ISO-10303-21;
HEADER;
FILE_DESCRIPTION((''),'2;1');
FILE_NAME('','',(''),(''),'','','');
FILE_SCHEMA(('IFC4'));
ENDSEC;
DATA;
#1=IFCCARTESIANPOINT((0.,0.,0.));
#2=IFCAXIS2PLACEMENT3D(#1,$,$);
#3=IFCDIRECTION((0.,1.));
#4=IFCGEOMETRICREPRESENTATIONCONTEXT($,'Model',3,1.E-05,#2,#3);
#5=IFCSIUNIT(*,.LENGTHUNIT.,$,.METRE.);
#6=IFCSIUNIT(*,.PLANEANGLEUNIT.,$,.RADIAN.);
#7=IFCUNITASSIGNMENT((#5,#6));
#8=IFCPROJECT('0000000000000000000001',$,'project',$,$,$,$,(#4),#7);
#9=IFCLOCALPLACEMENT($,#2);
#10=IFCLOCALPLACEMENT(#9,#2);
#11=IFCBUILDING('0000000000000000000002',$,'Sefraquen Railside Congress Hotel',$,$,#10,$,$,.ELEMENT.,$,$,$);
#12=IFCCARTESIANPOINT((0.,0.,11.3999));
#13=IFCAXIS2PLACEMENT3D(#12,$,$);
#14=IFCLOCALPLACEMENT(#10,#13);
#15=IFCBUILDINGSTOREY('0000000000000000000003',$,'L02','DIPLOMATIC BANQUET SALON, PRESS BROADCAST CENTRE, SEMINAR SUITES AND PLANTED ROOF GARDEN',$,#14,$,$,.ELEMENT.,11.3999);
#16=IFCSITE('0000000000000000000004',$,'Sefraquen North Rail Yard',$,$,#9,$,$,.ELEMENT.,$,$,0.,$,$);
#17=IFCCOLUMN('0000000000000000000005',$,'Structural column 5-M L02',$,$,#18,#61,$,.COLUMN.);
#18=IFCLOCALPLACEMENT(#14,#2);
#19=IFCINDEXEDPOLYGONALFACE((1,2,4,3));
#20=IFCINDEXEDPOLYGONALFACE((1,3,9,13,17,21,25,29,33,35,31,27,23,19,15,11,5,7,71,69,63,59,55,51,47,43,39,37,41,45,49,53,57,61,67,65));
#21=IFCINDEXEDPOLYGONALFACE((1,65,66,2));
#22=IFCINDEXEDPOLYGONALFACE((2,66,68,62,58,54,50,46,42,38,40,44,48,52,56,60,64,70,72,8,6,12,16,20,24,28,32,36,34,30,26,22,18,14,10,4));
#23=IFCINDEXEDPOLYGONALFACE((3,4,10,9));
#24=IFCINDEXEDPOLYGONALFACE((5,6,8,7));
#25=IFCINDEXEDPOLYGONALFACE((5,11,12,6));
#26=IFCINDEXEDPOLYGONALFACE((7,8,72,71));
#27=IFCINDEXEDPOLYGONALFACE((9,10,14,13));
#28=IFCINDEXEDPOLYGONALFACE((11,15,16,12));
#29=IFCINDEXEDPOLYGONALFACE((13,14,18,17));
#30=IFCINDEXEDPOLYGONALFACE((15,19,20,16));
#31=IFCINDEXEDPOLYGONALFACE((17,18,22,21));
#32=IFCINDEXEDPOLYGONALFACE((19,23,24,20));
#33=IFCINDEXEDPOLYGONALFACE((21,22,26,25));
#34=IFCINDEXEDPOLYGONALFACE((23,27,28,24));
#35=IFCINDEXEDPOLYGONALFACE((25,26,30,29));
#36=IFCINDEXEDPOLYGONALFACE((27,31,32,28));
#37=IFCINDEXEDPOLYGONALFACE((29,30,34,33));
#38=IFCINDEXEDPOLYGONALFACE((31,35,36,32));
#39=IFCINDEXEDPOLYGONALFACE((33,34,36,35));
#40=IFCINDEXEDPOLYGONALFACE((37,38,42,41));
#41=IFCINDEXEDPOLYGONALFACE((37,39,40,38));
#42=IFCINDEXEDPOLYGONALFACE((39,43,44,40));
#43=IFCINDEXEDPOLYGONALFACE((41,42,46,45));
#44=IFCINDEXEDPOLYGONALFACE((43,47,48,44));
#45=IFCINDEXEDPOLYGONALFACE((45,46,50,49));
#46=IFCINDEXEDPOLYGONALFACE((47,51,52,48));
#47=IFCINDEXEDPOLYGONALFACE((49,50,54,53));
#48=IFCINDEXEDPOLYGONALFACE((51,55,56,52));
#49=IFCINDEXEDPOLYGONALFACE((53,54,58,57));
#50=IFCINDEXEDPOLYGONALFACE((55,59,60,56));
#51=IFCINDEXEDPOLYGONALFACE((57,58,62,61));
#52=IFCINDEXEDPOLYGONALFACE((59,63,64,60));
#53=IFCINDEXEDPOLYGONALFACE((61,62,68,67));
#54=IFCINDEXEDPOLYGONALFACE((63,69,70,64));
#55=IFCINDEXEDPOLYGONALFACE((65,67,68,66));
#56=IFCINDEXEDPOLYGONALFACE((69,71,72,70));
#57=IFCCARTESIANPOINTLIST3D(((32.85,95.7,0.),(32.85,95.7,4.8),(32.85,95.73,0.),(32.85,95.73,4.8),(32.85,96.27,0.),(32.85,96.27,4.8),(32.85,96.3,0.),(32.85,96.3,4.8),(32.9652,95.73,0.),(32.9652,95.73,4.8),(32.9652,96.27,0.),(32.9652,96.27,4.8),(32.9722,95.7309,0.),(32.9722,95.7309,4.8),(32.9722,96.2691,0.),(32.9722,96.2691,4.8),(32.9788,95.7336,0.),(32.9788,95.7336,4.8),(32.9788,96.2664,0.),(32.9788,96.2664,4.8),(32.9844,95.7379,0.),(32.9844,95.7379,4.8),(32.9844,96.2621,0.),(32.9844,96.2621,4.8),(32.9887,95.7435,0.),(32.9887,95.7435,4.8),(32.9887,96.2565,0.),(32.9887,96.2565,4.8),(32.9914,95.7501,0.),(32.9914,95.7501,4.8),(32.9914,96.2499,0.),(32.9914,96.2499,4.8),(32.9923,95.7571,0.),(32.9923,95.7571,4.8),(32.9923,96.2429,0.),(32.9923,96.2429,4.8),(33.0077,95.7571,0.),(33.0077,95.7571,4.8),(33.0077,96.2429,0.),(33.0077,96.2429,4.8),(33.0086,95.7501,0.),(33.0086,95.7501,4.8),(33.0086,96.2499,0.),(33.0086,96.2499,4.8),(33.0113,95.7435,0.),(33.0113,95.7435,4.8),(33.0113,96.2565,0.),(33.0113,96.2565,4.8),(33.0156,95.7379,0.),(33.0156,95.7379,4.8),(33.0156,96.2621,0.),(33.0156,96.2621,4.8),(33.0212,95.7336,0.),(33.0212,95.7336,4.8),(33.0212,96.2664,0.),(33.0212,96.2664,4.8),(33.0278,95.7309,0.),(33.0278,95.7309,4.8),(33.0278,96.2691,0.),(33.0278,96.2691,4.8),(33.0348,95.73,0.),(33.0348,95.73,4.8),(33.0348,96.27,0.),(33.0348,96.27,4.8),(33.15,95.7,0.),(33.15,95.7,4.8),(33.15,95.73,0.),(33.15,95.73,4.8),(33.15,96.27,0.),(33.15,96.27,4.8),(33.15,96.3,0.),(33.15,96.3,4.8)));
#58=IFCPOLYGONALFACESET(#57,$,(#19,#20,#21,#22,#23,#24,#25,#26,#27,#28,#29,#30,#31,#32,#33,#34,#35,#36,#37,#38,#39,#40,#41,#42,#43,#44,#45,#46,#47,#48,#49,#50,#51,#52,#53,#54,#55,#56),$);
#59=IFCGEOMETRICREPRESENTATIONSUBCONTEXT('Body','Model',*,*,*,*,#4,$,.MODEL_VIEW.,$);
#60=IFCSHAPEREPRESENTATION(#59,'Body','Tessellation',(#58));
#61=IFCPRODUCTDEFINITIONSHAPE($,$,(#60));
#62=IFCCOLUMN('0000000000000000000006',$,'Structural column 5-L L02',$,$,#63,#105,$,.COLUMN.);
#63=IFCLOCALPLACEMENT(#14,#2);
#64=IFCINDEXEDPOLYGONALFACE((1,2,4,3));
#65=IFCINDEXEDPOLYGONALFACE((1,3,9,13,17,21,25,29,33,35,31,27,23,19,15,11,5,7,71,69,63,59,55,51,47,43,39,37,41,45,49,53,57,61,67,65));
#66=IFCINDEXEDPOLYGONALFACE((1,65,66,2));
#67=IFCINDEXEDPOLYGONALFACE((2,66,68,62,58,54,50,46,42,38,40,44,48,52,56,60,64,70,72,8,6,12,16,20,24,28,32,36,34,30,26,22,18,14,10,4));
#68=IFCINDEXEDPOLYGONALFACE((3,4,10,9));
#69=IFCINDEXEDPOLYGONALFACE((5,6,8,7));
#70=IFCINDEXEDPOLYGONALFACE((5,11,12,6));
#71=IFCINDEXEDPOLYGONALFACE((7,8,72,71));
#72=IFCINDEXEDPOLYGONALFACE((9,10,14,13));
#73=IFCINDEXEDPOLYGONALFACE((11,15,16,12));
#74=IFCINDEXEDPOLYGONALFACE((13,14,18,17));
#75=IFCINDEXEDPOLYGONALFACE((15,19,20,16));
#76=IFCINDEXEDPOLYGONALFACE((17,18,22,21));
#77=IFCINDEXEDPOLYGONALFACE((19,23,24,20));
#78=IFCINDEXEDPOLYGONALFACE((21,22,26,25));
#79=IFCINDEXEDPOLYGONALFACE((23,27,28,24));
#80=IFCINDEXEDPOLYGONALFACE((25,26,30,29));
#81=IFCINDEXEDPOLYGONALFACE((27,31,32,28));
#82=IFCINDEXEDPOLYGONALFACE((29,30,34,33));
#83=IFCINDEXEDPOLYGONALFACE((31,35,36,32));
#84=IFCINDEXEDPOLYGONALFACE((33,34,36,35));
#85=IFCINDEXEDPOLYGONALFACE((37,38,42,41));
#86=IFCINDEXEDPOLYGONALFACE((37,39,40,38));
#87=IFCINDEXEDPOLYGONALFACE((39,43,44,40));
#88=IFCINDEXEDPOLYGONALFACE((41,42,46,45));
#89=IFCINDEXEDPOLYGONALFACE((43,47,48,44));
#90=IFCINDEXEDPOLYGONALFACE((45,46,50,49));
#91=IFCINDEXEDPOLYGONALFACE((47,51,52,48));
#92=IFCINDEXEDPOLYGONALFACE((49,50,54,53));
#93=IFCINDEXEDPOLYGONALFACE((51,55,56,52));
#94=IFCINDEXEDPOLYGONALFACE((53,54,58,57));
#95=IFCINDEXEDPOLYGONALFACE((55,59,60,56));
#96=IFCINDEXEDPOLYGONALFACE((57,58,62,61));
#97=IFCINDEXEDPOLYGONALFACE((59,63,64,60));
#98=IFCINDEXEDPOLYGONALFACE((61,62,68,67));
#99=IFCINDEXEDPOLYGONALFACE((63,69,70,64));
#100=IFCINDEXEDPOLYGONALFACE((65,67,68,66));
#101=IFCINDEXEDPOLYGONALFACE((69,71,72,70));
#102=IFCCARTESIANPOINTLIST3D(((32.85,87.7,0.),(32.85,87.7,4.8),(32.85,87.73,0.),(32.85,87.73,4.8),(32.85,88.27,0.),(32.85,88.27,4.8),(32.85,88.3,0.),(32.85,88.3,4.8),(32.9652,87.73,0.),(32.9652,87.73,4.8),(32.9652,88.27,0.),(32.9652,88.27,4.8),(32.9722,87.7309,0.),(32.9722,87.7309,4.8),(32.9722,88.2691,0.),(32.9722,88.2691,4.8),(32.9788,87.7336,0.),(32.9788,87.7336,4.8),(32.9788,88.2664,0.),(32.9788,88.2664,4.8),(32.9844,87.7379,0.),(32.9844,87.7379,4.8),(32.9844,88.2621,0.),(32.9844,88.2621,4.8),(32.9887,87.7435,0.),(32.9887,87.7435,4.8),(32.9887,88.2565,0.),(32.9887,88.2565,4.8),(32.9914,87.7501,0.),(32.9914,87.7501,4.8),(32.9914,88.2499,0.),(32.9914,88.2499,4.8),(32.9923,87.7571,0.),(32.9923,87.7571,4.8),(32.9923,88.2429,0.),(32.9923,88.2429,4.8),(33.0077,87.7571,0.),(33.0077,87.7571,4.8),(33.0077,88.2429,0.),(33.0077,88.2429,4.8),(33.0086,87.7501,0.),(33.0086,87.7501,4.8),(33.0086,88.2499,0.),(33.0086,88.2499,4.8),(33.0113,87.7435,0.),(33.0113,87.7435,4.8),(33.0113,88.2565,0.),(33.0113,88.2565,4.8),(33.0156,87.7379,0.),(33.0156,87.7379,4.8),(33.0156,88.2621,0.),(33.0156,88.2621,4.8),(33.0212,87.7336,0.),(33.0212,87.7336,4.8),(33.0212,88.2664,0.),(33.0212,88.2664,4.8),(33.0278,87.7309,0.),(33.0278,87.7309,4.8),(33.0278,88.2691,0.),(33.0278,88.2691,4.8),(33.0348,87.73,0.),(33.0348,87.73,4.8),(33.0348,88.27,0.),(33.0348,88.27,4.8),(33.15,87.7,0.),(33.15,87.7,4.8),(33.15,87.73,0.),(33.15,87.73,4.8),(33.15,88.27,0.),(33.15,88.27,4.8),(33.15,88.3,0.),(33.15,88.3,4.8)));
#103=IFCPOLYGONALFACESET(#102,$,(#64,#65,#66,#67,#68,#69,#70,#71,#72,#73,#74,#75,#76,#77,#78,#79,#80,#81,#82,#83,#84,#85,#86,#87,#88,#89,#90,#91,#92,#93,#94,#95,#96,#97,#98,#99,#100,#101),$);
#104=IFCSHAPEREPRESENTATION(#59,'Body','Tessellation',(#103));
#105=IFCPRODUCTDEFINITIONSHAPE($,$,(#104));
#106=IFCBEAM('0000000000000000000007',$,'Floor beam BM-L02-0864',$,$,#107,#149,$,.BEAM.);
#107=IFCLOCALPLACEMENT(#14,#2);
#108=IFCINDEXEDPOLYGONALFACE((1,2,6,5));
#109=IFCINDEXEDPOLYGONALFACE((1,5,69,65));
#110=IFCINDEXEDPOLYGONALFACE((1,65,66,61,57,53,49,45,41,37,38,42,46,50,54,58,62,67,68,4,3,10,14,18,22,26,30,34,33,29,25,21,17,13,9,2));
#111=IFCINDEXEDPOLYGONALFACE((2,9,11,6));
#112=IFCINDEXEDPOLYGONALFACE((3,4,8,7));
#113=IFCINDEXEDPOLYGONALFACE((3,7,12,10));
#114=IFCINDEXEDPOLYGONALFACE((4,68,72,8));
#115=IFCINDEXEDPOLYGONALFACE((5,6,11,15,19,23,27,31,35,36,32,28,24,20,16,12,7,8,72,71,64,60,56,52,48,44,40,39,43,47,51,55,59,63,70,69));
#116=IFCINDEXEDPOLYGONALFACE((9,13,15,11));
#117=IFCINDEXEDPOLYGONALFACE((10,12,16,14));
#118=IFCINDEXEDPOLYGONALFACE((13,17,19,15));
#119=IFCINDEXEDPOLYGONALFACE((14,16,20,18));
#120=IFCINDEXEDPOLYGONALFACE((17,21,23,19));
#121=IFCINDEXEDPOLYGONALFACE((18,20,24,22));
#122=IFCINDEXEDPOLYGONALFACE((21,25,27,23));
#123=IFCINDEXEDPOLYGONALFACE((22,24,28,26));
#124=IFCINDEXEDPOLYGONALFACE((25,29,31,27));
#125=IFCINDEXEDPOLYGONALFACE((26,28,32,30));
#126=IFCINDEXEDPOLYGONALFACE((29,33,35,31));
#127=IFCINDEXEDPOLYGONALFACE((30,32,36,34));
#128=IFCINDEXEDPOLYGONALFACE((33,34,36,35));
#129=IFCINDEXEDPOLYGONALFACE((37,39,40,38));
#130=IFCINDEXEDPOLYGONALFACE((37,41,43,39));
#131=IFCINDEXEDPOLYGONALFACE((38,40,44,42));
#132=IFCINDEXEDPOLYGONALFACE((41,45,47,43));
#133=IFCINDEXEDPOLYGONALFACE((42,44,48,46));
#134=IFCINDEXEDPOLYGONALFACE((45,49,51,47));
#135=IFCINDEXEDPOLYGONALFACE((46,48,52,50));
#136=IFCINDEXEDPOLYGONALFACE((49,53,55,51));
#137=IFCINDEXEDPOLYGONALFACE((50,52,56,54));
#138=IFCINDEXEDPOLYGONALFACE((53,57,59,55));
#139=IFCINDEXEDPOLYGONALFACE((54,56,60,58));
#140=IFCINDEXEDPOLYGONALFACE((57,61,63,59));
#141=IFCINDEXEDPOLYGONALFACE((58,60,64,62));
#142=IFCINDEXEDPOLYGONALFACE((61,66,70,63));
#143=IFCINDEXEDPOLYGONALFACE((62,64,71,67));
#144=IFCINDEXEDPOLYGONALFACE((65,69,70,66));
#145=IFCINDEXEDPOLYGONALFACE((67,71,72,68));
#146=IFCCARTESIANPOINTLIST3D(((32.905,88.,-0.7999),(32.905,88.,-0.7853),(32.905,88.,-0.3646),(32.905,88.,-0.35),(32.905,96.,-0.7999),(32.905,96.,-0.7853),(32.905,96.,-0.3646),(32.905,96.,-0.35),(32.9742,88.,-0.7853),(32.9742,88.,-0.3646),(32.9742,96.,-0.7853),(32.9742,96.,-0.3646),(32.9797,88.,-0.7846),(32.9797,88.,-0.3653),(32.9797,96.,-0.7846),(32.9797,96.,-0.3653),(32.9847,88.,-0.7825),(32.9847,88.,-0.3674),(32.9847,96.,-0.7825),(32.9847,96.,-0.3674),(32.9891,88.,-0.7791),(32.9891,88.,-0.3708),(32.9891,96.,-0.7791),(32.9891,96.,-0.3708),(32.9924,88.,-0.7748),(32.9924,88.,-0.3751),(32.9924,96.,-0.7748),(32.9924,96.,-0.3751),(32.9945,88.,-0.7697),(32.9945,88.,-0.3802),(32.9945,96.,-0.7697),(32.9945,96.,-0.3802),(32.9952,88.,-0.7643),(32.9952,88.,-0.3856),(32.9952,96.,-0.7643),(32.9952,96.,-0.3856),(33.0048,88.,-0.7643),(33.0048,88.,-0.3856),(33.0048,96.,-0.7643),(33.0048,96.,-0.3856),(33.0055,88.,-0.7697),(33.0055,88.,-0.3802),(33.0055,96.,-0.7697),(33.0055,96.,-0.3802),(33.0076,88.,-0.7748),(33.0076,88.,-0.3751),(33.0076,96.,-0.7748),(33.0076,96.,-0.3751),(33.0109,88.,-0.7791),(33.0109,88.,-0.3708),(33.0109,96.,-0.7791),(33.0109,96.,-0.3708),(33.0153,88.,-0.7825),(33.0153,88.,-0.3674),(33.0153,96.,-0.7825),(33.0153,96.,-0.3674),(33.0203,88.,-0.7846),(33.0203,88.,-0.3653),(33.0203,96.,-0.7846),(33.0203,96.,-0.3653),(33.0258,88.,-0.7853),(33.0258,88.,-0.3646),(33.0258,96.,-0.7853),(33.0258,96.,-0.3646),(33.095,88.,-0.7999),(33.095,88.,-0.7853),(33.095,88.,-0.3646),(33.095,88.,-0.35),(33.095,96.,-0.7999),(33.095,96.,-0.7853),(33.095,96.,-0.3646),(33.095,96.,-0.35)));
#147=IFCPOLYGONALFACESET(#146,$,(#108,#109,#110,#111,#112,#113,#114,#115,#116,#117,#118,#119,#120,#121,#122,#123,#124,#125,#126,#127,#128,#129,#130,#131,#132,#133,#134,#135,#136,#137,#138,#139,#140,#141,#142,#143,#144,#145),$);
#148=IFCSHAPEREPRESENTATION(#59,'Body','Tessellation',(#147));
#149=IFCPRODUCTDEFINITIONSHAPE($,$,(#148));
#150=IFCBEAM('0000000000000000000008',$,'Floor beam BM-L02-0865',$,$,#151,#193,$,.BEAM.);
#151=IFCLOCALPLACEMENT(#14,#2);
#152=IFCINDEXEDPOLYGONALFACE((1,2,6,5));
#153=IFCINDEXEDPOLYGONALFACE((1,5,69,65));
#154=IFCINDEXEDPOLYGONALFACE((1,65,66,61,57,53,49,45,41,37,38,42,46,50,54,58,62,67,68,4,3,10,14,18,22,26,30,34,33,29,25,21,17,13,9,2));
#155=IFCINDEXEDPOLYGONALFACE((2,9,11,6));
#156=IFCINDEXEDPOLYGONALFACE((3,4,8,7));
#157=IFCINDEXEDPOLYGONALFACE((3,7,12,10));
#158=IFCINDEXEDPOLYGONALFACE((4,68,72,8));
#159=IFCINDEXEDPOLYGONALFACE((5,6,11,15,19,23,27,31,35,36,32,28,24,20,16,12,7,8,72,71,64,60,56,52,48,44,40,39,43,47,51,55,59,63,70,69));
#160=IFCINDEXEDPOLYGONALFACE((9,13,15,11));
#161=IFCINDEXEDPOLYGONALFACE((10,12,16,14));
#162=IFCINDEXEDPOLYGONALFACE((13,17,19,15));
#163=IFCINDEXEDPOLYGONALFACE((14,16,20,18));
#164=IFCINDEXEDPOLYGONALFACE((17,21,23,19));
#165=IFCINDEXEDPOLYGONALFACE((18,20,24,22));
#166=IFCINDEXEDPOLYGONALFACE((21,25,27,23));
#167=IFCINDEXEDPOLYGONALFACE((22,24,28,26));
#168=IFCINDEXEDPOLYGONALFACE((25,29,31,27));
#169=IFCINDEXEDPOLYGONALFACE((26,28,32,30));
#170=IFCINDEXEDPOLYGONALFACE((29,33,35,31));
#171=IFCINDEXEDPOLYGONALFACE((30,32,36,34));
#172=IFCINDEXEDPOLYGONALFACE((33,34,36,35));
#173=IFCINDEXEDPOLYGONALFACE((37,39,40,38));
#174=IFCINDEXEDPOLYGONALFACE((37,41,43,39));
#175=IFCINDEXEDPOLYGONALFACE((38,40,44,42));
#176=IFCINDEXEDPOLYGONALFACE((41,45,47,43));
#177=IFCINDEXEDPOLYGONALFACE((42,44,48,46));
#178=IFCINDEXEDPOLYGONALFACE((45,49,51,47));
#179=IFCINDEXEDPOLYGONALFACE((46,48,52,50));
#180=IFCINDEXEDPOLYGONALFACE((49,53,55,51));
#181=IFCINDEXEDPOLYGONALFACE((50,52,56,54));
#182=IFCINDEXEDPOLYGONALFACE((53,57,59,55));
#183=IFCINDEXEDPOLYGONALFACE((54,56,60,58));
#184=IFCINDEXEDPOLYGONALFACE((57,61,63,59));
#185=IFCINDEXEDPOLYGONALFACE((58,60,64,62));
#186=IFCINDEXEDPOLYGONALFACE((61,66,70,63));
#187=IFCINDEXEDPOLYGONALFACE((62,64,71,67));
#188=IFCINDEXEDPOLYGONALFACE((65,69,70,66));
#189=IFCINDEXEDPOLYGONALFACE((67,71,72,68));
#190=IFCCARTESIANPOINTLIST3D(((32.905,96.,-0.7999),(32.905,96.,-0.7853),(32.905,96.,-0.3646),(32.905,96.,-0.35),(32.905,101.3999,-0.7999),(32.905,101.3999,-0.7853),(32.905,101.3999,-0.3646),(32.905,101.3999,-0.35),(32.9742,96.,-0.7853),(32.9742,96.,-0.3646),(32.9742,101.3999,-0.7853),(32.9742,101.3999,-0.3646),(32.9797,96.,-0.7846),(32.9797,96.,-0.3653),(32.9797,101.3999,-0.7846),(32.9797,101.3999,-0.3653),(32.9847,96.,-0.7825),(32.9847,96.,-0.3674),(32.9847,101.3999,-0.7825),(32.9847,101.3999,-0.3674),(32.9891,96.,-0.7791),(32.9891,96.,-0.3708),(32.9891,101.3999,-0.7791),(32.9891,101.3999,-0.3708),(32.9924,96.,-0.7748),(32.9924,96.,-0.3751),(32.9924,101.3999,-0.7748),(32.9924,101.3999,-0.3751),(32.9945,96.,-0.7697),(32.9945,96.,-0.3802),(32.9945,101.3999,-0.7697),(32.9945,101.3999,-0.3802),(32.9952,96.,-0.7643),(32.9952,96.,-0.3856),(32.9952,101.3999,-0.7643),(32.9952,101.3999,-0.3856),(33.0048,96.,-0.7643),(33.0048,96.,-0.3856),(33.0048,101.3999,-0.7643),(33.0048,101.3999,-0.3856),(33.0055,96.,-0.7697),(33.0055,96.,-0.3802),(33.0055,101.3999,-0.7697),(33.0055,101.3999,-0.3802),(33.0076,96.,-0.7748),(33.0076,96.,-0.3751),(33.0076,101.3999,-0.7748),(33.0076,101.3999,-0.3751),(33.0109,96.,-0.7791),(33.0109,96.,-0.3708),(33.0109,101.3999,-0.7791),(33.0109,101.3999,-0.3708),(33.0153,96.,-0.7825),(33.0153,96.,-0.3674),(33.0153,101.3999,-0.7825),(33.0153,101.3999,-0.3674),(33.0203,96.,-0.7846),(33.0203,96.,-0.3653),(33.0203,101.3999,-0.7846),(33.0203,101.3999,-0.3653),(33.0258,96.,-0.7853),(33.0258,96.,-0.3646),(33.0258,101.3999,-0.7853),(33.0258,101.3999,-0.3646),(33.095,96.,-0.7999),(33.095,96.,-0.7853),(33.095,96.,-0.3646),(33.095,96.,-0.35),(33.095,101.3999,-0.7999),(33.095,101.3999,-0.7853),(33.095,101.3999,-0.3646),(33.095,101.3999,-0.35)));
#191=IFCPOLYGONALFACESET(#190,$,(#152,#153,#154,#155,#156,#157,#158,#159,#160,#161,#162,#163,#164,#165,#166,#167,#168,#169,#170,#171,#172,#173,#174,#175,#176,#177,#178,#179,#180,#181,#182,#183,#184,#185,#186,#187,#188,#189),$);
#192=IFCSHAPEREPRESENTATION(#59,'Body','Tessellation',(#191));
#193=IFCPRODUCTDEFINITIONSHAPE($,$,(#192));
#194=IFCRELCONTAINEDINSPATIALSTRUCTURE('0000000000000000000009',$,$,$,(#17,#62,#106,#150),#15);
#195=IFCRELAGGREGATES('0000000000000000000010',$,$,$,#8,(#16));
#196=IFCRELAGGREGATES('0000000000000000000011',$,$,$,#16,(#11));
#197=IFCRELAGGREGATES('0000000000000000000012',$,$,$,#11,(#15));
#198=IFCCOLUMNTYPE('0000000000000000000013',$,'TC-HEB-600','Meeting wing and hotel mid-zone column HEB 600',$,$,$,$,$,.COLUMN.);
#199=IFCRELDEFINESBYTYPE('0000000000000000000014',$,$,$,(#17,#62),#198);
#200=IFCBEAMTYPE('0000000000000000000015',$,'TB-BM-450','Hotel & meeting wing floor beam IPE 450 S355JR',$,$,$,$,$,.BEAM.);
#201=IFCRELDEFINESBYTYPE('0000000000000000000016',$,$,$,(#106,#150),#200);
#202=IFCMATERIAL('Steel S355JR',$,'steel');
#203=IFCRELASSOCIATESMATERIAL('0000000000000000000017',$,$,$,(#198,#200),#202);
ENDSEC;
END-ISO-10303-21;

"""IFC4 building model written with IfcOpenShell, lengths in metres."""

from ifc_helpers import new_model, si_unit, direction, frame, origin, origin_2d, place, context, subcontext, project, spatial, i_section, extrude, material, material_profile, profile_set, type_object, element, save


model = new_model("IFC4")

# Units and contexts
model_context = context("Model", 3, precision=1e-05, world=origin(), true_north=direction((0.0, 1.0)))
body_context = subcontext(model_context, "Body", "Model", "MODEL_VIEW")
ifc_project = project(units=[si_unit("LENGTHUNIT", "METRE"), si_unit("PLANEANGLEUNIT", "RADIAN")], contexts=[model_context])

# Site, building, storey
site_placement = place(None, origin())
site = spatial("IfcSite", under=ifc_project, at=site_placement, Name="Sefraquen North Rail Yard", CompositionType="ELEMENT", RefElevation=0.0)
building_placement = place(site_placement, origin())
building = spatial("IfcBuilding", under=site, at=building_placement, Name="Sefraquen Railside Congress Hotel", CompositionType="ELEMENT")
storey_placement = place(building_placement, frame((0.0, 0.0, 11.3999)))
storey = spatial("IfcBuildingStorey", under=building, at=storey_placement, Name="L02", Description="DIPLOMATIC BANQUET SALON, PRESS BROADCAST CENTRE, SEMINAR SUITES AND PLANTED ROOF GARDEN", CompositionType="ELEMENT", Elevation=11.3999)

# Columns
ifc_material_1 = material(Name="Steel S355JR", Category="steel")
ifc_material_profile_1 = material_profile(ifc_material_1, i_section(OverallWidth=0.3, OverallDepth=0.6001, WebThickness=0.0154, FlangeThickness=0.03, FilletRadius=0.0271, at=origin_2d()), Name="HEB 600")
ifc_profile_set_1 = profile_set([ifc_material_profile_1], Name="Steel S355JR")
column_type = type_object("IfcColumnType", Name="TC-HEB-600", Description="Meeting wing and hotel mid-zone column HEB 600", PredefinedType="COLUMN", material=ifc_profile_set_1)
for number, where, z_axis, x_axis, name in (
    (1, (33.0, 96.0, 0.0), (0.0, 0.0, 1.0), (1.0, 0.0, 0.0), "Structural column 5-M L02"),
    (2, (33.0, 88.0, 0.0), (0.0, 0.0, 1.0), (1.0, 0.0, 0.0), "Structural column 5-L L02"),
):
    element("IfcColumn", number, at=place(storey_placement, frame(where, z_axis=z_axis, x_axis=x_axis)), inside=storey, type_object=column_type, Name=name, PredefinedType="COLUMN", context=body_context, shape_type="SweptSolid", body=[
        extrude(i_section(OverallWidth=0.3, OverallDepth=0.6001, WebThickness=0.0154, FlangeThickness=0.03, FilletRadius=0.0271, at=origin_2d()), origin(), (0.0, 0.0, 1.0), 4.8),
    ])

# Beams
ifc_material_profile_2 = material_profile(ifc_material_1, i_section(OverallWidth=0.1899, OverallDepth=0.45, WebThickness=0.0095, FlangeThickness=0.0146, FilletRadius=0.021, at=origin_2d()), Name="IPE 450")
ifc_profile_set_2 = profile_set([ifc_material_profile_2], Name="Steel S355JR")
beam_type_1 = type_object("IfcBeamType", Name="TB-BM-450", Description="Hotel & meeting wing floor beam IPE 450 S355JR", PredefinedType="BEAM", material=ifc_profile_set_2)
beam_1_placement = place(storey_placement, frame((33.0, 88.0, -0.575), z_axis=(0.0, 1.0, 0.0), x_axis=(-1.0, 0.0, 0.0)))
element("IfcBeam", 3, at=beam_1_placement, inside=storey, type_object=beam_type_1, Name="Floor beam BM-L02-0864", PredefinedType="BEAM", context=body_context, shape_type="SweptSolid", body=[
    extrude(i_section(OverallWidth=0.1899, OverallDepth=0.45, WebThickness=0.0095, FlangeThickness=0.0146, FilletRadius=0.021, at=origin_2d()), origin(), (0.0, 0.0, 1.0), 8.0),
])
beam_2_placement = place(storey_placement, frame((33.0, 96.0, -0.575), z_axis=(0.0, 1.0, 0.0), x_axis=(-1.0, 0.0, 0.0)))
element("IfcBeam", 4, at=beam_2_placement, inside=storey, type_object=beam_type_1, Name="Floor beam BM-L02-0865", PredefinedType="BEAM", context=body_context, shape_type="SweptSolid", body=[
    extrude(i_section(OverallWidth=0.1899, OverallDepth=0.45, WebThickness=0.0095, FlangeThickness=0.0146, FilletRadius=0.021, at=origin_2d()), origin(), (0.0, 0.0, 1.0), 5.3999),
])

save(model, "model.ifc")
